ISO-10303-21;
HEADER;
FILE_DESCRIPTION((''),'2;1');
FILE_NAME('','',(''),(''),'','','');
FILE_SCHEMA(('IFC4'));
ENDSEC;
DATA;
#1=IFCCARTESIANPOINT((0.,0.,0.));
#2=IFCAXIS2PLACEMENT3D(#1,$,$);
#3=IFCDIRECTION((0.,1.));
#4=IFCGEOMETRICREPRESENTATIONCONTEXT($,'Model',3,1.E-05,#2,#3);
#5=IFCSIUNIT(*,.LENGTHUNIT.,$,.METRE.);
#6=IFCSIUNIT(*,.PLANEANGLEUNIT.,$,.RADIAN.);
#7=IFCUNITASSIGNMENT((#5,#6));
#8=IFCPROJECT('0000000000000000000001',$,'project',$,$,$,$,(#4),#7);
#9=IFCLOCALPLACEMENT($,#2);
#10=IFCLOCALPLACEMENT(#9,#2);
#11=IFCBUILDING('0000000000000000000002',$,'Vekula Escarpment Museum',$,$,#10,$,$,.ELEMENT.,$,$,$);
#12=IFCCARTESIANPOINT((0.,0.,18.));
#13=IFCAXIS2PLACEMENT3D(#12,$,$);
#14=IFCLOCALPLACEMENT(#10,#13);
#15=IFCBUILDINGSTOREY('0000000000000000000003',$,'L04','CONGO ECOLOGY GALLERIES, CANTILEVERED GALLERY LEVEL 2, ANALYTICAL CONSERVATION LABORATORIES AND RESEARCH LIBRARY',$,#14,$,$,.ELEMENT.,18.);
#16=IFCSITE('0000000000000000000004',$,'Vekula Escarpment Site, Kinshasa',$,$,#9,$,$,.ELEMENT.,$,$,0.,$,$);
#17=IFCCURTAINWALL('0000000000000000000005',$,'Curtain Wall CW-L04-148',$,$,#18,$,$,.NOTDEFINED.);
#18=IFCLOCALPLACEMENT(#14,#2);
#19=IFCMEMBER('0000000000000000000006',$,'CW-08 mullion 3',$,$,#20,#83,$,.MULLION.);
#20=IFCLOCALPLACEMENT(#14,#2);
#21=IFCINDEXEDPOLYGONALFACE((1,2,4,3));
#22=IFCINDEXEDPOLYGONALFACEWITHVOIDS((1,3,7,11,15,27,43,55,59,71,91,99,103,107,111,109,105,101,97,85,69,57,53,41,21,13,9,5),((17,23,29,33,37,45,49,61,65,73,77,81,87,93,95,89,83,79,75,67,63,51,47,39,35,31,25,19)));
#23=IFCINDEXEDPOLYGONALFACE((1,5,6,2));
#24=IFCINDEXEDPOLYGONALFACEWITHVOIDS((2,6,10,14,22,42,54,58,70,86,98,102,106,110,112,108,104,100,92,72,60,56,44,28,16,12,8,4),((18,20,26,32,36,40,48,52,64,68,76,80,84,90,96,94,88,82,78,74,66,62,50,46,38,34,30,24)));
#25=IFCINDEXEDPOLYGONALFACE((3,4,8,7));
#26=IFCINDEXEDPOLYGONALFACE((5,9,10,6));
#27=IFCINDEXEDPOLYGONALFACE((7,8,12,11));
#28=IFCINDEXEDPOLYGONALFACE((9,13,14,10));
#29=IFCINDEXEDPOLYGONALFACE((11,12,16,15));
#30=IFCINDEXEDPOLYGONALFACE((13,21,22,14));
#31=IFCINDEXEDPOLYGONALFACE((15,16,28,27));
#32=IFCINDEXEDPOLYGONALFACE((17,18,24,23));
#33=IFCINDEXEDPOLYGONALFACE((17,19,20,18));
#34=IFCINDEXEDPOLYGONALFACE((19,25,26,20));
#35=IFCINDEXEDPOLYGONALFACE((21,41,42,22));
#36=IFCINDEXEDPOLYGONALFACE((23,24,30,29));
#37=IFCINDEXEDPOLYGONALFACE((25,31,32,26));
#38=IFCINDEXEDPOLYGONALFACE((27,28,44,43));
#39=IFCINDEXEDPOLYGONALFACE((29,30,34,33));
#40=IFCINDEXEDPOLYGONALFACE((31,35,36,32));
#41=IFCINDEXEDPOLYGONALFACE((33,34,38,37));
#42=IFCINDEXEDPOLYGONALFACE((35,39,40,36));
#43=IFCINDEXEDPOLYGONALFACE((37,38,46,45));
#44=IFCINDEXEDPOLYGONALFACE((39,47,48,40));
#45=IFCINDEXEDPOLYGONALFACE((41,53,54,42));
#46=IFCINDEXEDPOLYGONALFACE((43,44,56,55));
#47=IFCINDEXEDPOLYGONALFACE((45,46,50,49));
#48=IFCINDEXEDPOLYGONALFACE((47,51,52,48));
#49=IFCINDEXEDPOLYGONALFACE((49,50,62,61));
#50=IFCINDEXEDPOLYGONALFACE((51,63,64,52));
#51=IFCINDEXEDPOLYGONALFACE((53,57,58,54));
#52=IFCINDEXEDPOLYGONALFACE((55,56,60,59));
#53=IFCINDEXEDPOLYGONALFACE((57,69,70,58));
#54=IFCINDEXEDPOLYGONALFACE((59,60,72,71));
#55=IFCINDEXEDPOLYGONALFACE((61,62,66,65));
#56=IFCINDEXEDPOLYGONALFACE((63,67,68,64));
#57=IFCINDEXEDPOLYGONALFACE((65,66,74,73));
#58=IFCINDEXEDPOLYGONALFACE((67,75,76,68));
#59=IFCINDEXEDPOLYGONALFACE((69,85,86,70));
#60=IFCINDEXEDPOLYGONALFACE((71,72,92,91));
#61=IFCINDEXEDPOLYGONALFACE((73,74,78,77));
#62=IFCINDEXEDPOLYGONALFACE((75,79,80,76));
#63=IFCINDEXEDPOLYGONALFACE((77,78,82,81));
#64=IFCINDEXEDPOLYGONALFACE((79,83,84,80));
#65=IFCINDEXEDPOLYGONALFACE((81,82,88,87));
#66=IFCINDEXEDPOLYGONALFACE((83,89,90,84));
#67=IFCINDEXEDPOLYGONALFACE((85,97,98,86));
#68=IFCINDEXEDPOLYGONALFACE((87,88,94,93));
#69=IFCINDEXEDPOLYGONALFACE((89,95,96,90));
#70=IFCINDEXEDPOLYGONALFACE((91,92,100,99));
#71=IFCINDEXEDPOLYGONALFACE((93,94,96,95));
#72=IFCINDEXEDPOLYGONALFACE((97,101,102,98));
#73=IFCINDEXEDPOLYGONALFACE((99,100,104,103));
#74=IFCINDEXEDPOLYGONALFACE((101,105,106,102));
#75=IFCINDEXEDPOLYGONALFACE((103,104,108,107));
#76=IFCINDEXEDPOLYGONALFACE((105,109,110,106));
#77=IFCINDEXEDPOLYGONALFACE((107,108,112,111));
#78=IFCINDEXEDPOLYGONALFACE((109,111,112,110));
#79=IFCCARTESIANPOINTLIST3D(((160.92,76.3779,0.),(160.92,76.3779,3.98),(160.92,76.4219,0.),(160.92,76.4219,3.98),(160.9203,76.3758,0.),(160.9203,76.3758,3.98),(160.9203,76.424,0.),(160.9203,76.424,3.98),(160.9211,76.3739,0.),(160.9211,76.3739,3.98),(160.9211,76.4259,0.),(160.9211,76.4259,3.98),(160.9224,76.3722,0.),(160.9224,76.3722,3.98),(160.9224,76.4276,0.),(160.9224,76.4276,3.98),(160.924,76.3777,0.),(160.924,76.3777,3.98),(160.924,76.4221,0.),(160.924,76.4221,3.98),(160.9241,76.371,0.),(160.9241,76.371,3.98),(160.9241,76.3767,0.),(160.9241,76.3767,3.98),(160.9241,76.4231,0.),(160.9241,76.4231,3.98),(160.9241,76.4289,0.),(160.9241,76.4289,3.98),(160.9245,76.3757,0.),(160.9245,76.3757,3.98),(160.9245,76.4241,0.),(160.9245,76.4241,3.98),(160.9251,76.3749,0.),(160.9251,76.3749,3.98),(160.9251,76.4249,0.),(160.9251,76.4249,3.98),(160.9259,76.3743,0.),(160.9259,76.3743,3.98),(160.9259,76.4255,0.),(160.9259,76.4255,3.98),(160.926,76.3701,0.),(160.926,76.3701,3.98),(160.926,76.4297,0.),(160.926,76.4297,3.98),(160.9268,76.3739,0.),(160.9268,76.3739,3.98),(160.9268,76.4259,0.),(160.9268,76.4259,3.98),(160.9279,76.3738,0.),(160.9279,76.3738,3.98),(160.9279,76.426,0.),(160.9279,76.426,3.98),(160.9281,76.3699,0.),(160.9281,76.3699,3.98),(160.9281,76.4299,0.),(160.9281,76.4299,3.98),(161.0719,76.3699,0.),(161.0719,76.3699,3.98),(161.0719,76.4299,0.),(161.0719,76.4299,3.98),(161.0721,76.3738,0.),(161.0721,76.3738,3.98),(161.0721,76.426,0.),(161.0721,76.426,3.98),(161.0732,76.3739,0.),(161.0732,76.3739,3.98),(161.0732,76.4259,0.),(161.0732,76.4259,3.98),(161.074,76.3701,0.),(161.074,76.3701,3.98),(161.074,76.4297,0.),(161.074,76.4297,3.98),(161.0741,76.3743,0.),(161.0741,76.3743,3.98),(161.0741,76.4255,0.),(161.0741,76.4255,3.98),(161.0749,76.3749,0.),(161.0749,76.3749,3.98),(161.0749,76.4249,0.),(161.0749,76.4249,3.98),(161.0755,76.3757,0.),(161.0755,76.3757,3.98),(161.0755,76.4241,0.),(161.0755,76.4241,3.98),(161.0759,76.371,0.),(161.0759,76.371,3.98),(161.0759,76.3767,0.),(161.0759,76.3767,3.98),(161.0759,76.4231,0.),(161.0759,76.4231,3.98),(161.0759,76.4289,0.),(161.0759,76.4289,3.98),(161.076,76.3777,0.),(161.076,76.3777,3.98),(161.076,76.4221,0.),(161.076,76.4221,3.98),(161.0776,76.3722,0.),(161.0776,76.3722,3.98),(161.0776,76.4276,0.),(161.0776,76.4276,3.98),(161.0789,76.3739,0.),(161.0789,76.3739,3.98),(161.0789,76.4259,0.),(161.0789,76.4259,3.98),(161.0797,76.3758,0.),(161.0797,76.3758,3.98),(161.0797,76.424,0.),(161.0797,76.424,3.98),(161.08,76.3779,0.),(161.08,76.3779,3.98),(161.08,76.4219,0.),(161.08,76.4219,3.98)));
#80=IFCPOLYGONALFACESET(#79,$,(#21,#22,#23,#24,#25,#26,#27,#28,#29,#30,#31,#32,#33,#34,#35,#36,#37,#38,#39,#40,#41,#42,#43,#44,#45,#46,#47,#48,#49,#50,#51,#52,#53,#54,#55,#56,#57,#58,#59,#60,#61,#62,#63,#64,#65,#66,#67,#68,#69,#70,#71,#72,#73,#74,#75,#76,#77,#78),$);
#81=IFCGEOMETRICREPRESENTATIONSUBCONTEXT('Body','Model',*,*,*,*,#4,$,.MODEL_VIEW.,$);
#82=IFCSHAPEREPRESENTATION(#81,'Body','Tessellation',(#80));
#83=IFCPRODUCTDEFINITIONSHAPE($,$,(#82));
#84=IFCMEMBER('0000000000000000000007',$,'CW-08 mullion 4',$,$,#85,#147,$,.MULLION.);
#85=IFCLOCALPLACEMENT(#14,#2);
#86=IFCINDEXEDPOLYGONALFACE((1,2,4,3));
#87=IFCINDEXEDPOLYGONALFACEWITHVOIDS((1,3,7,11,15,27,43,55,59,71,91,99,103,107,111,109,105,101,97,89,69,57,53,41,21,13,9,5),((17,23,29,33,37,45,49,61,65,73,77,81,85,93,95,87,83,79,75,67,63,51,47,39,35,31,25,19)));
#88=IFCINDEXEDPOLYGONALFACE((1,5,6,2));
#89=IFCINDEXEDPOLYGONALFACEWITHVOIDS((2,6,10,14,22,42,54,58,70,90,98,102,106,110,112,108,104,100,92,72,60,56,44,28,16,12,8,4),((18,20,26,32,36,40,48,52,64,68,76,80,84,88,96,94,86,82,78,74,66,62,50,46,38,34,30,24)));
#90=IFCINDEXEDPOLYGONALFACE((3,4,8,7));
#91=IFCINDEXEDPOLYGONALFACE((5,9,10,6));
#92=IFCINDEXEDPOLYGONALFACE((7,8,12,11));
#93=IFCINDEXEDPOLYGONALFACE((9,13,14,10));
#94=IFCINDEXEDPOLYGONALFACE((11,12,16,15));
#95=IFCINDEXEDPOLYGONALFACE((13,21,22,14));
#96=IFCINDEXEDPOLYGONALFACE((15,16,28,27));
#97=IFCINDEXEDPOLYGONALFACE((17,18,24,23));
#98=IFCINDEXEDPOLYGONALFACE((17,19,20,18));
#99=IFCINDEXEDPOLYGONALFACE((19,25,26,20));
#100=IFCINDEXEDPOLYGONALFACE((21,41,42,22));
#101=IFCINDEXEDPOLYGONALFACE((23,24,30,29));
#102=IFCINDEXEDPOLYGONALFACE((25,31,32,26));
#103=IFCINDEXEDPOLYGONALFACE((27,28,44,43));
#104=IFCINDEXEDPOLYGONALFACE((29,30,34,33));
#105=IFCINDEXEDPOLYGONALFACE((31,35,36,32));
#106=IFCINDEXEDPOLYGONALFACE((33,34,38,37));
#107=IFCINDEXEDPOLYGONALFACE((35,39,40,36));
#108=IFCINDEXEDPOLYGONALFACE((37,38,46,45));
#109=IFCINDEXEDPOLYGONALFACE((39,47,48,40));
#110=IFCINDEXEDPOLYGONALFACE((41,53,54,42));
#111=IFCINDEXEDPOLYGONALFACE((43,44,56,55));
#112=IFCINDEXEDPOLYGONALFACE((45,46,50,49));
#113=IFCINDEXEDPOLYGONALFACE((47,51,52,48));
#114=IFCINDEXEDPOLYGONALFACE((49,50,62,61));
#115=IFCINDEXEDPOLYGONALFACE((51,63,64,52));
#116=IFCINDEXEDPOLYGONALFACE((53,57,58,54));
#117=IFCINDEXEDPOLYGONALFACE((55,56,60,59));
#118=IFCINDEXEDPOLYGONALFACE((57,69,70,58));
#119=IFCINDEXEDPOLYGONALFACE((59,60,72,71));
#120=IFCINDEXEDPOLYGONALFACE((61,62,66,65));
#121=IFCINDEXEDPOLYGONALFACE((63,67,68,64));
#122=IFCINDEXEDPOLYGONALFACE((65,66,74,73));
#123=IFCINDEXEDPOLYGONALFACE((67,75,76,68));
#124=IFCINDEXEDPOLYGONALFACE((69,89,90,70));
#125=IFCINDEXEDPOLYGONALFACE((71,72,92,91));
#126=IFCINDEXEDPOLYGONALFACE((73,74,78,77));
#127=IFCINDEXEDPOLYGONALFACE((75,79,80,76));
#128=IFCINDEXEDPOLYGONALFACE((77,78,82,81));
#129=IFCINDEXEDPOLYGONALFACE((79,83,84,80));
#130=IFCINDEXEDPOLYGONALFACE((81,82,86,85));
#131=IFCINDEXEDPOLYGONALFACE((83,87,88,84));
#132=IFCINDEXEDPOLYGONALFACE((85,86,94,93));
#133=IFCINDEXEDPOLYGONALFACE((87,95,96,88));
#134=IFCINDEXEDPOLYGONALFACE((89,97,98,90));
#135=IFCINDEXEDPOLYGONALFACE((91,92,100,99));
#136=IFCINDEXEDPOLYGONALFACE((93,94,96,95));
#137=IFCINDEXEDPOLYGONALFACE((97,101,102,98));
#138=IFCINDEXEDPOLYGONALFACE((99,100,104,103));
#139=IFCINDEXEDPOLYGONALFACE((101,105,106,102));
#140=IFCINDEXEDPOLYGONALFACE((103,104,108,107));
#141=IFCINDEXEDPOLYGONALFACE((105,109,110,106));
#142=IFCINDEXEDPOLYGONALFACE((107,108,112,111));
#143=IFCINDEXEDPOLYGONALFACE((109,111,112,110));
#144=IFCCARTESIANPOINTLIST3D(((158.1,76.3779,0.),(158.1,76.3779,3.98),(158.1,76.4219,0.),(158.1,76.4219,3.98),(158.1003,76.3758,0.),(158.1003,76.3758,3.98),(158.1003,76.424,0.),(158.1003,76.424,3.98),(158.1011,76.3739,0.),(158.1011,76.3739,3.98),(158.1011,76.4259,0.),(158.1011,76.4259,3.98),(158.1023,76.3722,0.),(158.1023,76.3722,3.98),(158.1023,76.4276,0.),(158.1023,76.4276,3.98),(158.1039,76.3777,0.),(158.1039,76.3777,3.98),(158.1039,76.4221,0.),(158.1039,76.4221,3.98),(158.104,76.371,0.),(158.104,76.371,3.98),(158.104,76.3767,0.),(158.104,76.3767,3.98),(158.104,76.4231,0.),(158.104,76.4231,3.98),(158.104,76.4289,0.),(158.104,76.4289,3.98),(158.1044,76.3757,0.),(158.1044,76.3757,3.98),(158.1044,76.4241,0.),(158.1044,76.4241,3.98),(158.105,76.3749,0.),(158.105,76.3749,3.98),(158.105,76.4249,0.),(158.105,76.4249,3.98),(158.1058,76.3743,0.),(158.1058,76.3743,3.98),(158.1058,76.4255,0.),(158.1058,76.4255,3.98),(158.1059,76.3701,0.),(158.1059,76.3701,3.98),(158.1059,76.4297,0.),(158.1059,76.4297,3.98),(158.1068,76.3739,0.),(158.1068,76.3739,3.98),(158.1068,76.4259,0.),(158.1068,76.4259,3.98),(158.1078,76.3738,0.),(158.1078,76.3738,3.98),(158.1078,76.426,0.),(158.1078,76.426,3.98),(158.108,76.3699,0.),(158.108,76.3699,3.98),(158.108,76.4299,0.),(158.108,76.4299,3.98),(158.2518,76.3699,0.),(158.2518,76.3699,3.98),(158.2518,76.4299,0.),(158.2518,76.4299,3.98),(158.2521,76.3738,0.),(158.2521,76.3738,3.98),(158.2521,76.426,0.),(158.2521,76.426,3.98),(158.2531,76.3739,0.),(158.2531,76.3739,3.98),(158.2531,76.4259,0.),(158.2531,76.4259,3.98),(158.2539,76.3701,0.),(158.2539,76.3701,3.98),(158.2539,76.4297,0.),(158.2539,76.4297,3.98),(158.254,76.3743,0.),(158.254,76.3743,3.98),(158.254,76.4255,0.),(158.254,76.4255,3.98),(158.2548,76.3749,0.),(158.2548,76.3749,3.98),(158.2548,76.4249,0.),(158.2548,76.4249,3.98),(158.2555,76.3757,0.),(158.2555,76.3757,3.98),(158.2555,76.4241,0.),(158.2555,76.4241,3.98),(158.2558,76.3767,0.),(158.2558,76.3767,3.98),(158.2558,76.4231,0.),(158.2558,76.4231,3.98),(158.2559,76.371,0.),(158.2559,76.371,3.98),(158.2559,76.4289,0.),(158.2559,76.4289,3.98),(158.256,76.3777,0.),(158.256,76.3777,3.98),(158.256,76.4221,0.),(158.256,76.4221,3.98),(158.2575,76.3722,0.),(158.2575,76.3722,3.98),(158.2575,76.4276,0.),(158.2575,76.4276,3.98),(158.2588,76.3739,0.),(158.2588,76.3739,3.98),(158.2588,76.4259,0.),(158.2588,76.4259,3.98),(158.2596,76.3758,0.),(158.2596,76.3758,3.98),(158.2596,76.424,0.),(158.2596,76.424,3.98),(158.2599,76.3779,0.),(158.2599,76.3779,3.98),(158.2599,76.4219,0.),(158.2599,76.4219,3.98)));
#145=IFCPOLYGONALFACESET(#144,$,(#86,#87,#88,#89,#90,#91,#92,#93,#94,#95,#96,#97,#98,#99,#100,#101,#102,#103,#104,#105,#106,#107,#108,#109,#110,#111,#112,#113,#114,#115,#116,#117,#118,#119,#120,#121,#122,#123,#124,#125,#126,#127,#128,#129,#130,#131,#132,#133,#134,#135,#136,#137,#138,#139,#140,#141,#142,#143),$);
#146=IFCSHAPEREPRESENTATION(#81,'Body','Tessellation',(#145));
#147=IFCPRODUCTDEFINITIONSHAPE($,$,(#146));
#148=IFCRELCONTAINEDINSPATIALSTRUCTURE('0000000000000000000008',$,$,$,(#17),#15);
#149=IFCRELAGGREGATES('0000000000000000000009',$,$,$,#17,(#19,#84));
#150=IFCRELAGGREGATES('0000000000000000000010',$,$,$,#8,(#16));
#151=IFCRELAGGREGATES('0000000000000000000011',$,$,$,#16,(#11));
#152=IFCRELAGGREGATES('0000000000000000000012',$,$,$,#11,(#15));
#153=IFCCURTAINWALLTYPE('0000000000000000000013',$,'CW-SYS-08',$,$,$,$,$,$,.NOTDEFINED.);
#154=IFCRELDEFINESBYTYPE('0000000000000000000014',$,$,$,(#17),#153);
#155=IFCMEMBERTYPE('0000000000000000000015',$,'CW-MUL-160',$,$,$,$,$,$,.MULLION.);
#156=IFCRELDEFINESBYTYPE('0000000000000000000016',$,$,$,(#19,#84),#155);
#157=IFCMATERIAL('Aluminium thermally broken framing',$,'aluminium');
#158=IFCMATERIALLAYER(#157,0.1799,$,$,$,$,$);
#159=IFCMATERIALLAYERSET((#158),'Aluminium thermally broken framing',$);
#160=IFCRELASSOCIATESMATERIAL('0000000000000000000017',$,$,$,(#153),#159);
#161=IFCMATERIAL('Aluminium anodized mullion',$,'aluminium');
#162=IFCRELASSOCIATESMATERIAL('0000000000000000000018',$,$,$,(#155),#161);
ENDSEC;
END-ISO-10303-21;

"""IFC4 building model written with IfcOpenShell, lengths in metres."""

from ifc_helpers import new_model, si_unit, direction, frame, origin, origin_2d, place, context, subcontext, project, spatial, hollow_rectangle, extrude, material, layer, layer_set, material_profile, profile_set, type_object, element, aggregate, save


model = new_model("IFC4")

# Units and contexts
model_context = context("Model", 3, precision=1e-05, world=origin(), true_north=direction((0.0, 1.0)))
body_context = subcontext(model_context, "Body", "Model", "MODEL_VIEW")
ifc_project = project(units=[si_unit("LENGTHUNIT", "METRE"), si_unit("PLANEANGLEUNIT", "RADIAN")], contexts=[model_context])

# Site, building, storey
site_placement = place(None, origin())
site = spatial("IfcSite", under=ifc_project, at=site_placement, Name="Vekula Escarpment Site, Kinshasa", CompositionType="ELEMENT", RefElevation=0.0)
building_placement = place(site_placement, origin())
building = spatial("IfcBuilding", under=site, at=building_placement, Name="Vekula Escarpment Museum", CompositionType="ELEMENT")
storey_placement = place(building_placement, frame((0.0, 0.0, 18.0)))
storey = spatial("IfcBuildingStorey", under=building, at=storey_placement, Name="L04", Description="CONGO ECOLOGY GALLERIES, CANTILEVERED GALLERY LEVEL 2, ANALYTICAL CONSERVATION LABORATORIES AND RESEARCH LIBRARY", CompositionType="ELEMENT", Elevation=18.0)

# Curtain wall, members
ifc_material_1 = material(Name="Aluminium thermally broken framing", Category="aluminium")
ifc_layer_1 = layer(ifc_material_1, 0.1799)
ifc_layer_set_1 = layer_set([ifc_layer_1], Name="Aluminium thermally broken framing")
curtain_wall_type = type_object("IfcCurtainWallType", Name="CW-SYS-08", PredefinedType="NOTDEFINED", material=ifc_layer_set_1)
curtain_wall_placement = place(storey_placement, origin())
curtain_wall = element("IfcCurtainWall", 1, at=curtain_wall_placement, inside=storey, type_object=curtain_wall_type, Name="Curtain Wall CW-L04-148", PredefinedType="NOTDEFINED")
ifc_material_2 = material(Name="Aluminium anodized mullion", Category="aluminium")
ifc_material_profile_1 = material_profile(ifc_material_2, hollow_rectangle(XDim=0.0601, YDim=0.1599, WallThickness=0.0039, InnerFilletRadius=0.0039, OuterFilletRadius=0.0081, at=origin_2d()), Name="ALU 160x60x4")
ifc_profile_set_1 = profile_set([ifc_material_profile_1], Name="Aluminium anodized mullion")
member_type_1 = type_object("IfcMemberType", Name="CW-MUL-160", PredefinedType="MULLION", material=ifc_profile_set_1)
member_1_placement = place(storey_placement, frame((161.0, 76.3999, 0.0), z_axis=(0.0, 0.0, 1.0), x_axis=(0.0, -1.0, 0.0)))
member_1 = element("IfcMember", 2, at=member_1_placement, type_object=member_type_1, Name="CW-08 mullion 3", PredefinedType="MULLION", context=body_context, shape_type="SweptSolid", body=[
    extrude(hollow_rectangle(XDim=0.0601, YDim=0.1599, WallThickness=0.0039, InnerFilletRadius=0.0039, OuterFilletRadius=0.0081, at=origin_2d()), origin(), (0.0, 0.0, 1.0), 3.98),
])
member_2_placement = place(storey_placement, frame((158.1799, 76.3999, 0.0), z_axis=(0.0, 0.0, 1.0), x_axis=(0.0, -1.0, 0.0)))
member_2 = element("IfcMember", 3, at=member_2_placement, type_object=member_type_1, Name="CW-08 mullion 4", PredefinedType="MULLION", context=body_context, shape_type="SweptSolid", body=[
    extrude(hollow_rectangle(XDim=0.0601, YDim=0.1599, WallThickness=0.0039, InnerFilletRadius=0.0039, OuterFilletRadius=0.0081, at=origin_2d()), origin(), (0.0, 0.0, 1.0), 3.98),
])
aggregate(curtain_wall, [member_1, member_2])

save(model, "model.ifc")
